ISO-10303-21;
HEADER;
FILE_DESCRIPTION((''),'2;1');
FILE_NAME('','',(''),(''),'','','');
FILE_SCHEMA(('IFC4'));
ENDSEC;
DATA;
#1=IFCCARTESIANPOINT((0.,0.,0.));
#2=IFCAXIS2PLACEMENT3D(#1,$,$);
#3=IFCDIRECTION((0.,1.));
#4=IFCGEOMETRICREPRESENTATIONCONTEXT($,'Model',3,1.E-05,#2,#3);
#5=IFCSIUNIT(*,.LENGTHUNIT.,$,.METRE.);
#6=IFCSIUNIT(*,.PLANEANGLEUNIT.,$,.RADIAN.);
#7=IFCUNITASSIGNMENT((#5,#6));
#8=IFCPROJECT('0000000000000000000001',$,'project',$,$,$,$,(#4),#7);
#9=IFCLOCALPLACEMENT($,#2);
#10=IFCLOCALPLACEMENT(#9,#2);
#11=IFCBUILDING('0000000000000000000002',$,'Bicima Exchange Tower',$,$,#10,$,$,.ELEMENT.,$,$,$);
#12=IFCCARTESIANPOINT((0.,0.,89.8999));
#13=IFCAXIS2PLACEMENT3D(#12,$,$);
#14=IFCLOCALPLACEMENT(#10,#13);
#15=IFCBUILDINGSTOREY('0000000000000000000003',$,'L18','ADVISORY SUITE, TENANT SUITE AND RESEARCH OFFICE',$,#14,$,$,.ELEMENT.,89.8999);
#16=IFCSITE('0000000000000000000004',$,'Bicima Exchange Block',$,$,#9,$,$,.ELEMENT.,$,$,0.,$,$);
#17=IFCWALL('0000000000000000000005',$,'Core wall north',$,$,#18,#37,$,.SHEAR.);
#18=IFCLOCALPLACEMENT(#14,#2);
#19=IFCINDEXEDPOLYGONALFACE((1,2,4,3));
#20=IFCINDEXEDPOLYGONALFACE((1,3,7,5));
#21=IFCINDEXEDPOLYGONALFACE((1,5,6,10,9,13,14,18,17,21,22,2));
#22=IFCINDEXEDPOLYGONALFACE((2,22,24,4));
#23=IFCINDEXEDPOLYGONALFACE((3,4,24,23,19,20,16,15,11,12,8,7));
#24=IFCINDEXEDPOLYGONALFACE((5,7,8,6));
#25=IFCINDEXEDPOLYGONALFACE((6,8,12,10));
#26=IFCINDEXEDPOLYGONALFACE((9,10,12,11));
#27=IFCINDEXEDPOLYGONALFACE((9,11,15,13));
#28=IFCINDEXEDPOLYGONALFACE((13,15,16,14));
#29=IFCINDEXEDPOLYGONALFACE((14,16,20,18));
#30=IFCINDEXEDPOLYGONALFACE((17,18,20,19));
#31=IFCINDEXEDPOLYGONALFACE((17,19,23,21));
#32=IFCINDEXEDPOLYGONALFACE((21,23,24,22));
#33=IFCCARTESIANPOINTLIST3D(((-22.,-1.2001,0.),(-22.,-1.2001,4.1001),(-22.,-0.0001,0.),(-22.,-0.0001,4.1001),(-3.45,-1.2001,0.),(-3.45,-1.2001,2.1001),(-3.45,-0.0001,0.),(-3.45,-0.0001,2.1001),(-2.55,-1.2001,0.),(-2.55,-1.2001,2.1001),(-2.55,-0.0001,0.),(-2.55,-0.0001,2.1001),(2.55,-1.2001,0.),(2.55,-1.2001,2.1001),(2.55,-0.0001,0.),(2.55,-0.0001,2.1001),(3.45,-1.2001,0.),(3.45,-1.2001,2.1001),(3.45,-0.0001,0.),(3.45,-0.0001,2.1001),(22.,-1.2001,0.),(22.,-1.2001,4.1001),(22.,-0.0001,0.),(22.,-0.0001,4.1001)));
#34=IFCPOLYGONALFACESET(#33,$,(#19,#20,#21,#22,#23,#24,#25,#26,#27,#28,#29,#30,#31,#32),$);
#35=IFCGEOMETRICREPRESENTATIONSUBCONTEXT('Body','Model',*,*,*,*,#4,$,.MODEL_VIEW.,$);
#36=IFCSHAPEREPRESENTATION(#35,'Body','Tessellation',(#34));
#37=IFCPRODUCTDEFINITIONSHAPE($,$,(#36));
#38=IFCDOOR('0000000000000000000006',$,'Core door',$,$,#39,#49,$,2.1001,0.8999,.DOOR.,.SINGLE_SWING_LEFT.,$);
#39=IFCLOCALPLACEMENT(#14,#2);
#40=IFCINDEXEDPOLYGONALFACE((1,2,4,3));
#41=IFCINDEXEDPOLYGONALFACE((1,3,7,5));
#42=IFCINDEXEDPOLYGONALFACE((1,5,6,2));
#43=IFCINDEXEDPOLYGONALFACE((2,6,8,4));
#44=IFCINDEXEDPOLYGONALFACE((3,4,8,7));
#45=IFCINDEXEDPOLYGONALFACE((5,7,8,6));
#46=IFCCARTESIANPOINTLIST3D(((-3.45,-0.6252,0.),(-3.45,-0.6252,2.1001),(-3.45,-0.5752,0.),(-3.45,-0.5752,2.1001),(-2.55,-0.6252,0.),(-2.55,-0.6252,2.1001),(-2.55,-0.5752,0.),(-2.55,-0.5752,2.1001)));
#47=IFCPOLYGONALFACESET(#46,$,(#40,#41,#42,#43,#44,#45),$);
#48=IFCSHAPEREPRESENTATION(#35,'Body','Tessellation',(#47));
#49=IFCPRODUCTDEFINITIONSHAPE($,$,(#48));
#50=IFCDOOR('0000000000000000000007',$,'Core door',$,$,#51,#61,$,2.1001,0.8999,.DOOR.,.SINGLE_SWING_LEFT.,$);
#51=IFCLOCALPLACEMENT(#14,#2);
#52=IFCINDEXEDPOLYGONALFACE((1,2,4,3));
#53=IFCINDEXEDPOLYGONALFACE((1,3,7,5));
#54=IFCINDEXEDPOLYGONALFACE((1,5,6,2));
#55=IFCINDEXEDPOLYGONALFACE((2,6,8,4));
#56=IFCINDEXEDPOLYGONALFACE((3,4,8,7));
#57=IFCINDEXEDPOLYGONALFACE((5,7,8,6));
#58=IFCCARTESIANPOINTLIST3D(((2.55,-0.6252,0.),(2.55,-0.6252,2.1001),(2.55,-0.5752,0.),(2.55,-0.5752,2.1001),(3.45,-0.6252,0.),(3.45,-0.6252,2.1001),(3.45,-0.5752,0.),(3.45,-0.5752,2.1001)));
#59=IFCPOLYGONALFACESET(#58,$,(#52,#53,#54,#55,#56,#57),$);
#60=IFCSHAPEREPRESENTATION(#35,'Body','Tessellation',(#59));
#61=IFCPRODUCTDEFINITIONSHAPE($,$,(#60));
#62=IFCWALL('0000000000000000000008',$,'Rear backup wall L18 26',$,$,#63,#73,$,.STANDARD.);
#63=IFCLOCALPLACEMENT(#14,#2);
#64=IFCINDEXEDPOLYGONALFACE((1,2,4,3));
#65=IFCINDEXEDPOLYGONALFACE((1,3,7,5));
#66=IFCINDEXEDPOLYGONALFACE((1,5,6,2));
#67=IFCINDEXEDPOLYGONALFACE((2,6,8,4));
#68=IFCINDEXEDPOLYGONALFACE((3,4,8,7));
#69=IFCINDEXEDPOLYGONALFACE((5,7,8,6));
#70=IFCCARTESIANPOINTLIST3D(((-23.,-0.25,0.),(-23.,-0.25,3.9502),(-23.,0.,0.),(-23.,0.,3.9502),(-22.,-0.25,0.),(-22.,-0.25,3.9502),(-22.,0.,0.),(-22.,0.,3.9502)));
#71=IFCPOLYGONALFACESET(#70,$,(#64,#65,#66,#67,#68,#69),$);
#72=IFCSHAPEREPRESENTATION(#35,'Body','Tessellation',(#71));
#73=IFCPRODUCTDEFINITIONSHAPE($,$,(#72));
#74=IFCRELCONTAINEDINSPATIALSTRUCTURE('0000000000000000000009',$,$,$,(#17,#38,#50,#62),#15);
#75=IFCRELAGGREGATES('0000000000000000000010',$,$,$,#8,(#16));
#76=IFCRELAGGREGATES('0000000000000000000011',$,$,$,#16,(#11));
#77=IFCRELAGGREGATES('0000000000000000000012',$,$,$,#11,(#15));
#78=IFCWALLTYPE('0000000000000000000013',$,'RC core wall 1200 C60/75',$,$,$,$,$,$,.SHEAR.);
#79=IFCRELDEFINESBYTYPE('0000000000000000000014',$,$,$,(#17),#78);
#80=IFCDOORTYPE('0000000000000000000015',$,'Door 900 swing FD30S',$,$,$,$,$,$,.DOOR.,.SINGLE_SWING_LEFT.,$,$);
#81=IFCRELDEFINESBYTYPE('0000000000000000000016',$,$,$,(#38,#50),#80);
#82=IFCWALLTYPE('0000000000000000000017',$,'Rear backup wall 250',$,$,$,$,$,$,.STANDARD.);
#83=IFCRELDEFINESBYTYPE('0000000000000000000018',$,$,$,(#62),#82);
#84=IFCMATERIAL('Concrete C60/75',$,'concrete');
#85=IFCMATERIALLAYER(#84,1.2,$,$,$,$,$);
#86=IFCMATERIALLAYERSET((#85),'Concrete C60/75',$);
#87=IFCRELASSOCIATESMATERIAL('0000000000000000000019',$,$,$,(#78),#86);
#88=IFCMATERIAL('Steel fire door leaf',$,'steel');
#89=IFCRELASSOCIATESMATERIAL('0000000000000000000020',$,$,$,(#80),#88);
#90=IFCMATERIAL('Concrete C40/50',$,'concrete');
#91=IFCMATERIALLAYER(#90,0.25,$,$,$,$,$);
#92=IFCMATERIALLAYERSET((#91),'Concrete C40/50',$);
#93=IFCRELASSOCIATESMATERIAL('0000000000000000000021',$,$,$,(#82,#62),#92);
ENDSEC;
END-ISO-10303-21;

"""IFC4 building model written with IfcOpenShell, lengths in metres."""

from ifc_helpers import new_model, si_unit, direction, frame, frame_2d, origin, place, context, subcontext, project, spatial, rectangle, extrude, material, layer, layer_set, layer_usage, type_object, element, fill, save


model = new_model("IFC4")

# Units and contexts
model_context = context("Model", 3, precision=1e-05, world=origin(), true_north=direction((0.0, 1.0)))
body_context = subcontext(model_context, "Body", "Model", "MODEL_VIEW")
ifc_project = project(units=[si_unit("LENGTHUNIT", "METRE"), si_unit("PLANEANGLEUNIT", "RADIAN")], contexts=[model_context])

# Site, building, storey
site_placement = place(None, origin())
site = spatial("IfcSite", under=ifc_project, at=site_placement, Name="Bicima Exchange Block", CompositionType="ELEMENT", RefElevation=0.0)
building_placement = place(site_placement, origin())
building = spatial("IfcBuilding", under=site, at=building_placement, Name="Bicima Exchange Tower", CompositionType="ELEMENT")
storey_placement = place(building_placement, frame((0.0, 0.0, 89.8999)))
storey = spatial("IfcBuildingStorey", under=building, at=storey_placement, Name="L18", Description="ADVISORY SUITE, TENANT SUITE AND RESEARCH OFFICE", CompositionType="ELEMENT", Elevation=89.8999)

# Wall, openings, doors
ifc_material_1 = material(Name="Concrete C60/75", Category="concrete")
ifc_layer_1 = layer(ifc_material_1, 1.2)
ifc_layer_set_1 = layer_set([ifc_layer_1], Name="Concrete C60/75")
wall_type_1 = type_object("IfcWallType", Name="RC core wall 1200 C60/75", PredefinedType="SHEAR", material=ifc_layer_set_1)
wall_1_placement = place(storey_placement, frame((-22.0, -0.6001, 0.0), z_axis=(0.0, 0.0, 1.0), x_axis=(1.0, 0.0, 0.0)))
wall_1 = element("IfcWall", 1, at=wall_1_placement, inside=storey, type_object=wall_type_1, Name="Core wall north", PredefinedType="SHEAR", context=body_context, shape_type="SweptSolid", body=[
    extrude(rectangle(XDim=44.0, YDim=1.2, at=frame_2d((22.0, 0.0))), origin(), (0.0, 0.0, 1.0), 4.1001),
])
opening_1_placement = place(wall_1_placement, frame((18.55, 0.0, 0.0)))
opening_1 = element("IfcOpeningElement", 2, at=opening_1_placement, cuts=wall_1, PredefinedType="OPENING", context=body_context, shape_type="SweptSolid", body=[
    extrude(rectangle(XDim=0.8999, YDim=2.1001, at=frame_2d((0.45, 1.05))), frame((0.0, 0.6118, 0.0), z_axis=(0.0, -1.0, 0.0), x_axis=(1.0, 0.0, 0.0)), (0.0, 0.0, 1.0), 1.2239),
])
opening_2_placement = place(wall_1_placement, frame((24.55, 0.0, 0.0)))
opening_2 = element("IfcOpeningElement", 3, at=opening_2_placement, cuts=wall_1, PredefinedType="OPENING", context=body_context, shape_type="SweptSolid", body=[
    extrude(rectangle(XDim=0.8999, YDim=2.1001, at=frame_2d((0.45, 1.05))), frame((0.0, 0.6118, 0.0), z_axis=(0.0, -1.0, 0.0), x_axis=(1.0, 0.0, 0.0)), (0.0, 0.0, 1.0), 1.2239),
])
ifc_material_2 = material(Name="Steel fire door leaf", Category="steel")
door_type = type_object("IfcDoorType", Name="Door 900 swing FD30S", OperationType="SINGLE_SWING_LEFT", PredefinedType="DOOR", material=ifc_material_2)
door_1_placement = place(opening_1_placement, origin())
door_1 = element("IfcDoor", 4, at=door_1_placement, inside=storey, type_object=door_type, Name="Core door", OperationType="SINGLE_SWING_LEFT", OverallHeight=2.1001, OverallWidth=0.8999, PredefinedType="DOOR", context=body_context, shape_type="SweptSolid", body=[
    extrude(rectangle(XDim=0.8999, YDim=2.1001, at=frame_2d((0.45, 1.05))), frame((0.0, 0.0249, 0.0), z_axis=(0.0, -1.0, 0.0), x_axis=(1.0, 0.0, 0.0)), (0.0, 0.0, 1.0), 0.05),
])
fill(opening_1, door_1)
door_2_placement = place(opening_2_placement, origin())
door_2 = element("IfcDoor", 5, at=door_2_placement, inside=storey, type_object=door_type, Name="Core door", OperationType="SINGLE_SWING_LEFT", OverallHeight=2.1001, OverallWidth=0.8999, PredefinedType="DOOR", context=body_context, shape_type="SweptSolid", body=[
    extrude(rectangle(XDim=0.8999, YDim=2.1001, at=frame_2d((0.45, 1.05))), frame((0.0, 0.0249, 0.0), z_axis=(0.0, -1.0, 0.0), x_axis=(1.0, 0.0, 0.0)), (0.0, 0.0, 1.0), 0.05),
])
fill(opening_2, door_2)

# Wall
ifc_material_3 = material(Name="Concrete C40/50", Category="concrete")
ifc_layer_2 = layer(ifc_material_3, 0.25)
ifc_layer_set_2 = layer_set([ifc_layer_2], Name="Concrete C40/50")
ifc_layer_usage = layer_usage(ifc_layer_set_2, "AXIS2", "POSITIVE", -0.125)
wall_type_2 = type_object("IfcWallType", Name="Rear backup wall 250", PredefinedType="STANDARD", material=ifc_layer_set_2)
wall_2_placement = place(storey_placement, frame((-22.0, -0.125, 0.0), z_axis=(0.0, 0.0, 1.0), x_axis=(-1.0, 0.0, 0.0)))
element("IfcWall", 6, at=wall_2_placement, inside=storey, type_object=wall_type_2, material=ifc_layer_usage, Name="Rear backup wall L18 26", PredefinedType="STANDARD", context=body_context, shape_type="SweptSolid", body=[
    extrude(rectangle(XDim=1.0, YDim=0.25, at=frame_2d((0.5, 0.0))), origin(), (0.0, 0.0, 1.0), 3.9502),
])

save(model, "model.ifc")
